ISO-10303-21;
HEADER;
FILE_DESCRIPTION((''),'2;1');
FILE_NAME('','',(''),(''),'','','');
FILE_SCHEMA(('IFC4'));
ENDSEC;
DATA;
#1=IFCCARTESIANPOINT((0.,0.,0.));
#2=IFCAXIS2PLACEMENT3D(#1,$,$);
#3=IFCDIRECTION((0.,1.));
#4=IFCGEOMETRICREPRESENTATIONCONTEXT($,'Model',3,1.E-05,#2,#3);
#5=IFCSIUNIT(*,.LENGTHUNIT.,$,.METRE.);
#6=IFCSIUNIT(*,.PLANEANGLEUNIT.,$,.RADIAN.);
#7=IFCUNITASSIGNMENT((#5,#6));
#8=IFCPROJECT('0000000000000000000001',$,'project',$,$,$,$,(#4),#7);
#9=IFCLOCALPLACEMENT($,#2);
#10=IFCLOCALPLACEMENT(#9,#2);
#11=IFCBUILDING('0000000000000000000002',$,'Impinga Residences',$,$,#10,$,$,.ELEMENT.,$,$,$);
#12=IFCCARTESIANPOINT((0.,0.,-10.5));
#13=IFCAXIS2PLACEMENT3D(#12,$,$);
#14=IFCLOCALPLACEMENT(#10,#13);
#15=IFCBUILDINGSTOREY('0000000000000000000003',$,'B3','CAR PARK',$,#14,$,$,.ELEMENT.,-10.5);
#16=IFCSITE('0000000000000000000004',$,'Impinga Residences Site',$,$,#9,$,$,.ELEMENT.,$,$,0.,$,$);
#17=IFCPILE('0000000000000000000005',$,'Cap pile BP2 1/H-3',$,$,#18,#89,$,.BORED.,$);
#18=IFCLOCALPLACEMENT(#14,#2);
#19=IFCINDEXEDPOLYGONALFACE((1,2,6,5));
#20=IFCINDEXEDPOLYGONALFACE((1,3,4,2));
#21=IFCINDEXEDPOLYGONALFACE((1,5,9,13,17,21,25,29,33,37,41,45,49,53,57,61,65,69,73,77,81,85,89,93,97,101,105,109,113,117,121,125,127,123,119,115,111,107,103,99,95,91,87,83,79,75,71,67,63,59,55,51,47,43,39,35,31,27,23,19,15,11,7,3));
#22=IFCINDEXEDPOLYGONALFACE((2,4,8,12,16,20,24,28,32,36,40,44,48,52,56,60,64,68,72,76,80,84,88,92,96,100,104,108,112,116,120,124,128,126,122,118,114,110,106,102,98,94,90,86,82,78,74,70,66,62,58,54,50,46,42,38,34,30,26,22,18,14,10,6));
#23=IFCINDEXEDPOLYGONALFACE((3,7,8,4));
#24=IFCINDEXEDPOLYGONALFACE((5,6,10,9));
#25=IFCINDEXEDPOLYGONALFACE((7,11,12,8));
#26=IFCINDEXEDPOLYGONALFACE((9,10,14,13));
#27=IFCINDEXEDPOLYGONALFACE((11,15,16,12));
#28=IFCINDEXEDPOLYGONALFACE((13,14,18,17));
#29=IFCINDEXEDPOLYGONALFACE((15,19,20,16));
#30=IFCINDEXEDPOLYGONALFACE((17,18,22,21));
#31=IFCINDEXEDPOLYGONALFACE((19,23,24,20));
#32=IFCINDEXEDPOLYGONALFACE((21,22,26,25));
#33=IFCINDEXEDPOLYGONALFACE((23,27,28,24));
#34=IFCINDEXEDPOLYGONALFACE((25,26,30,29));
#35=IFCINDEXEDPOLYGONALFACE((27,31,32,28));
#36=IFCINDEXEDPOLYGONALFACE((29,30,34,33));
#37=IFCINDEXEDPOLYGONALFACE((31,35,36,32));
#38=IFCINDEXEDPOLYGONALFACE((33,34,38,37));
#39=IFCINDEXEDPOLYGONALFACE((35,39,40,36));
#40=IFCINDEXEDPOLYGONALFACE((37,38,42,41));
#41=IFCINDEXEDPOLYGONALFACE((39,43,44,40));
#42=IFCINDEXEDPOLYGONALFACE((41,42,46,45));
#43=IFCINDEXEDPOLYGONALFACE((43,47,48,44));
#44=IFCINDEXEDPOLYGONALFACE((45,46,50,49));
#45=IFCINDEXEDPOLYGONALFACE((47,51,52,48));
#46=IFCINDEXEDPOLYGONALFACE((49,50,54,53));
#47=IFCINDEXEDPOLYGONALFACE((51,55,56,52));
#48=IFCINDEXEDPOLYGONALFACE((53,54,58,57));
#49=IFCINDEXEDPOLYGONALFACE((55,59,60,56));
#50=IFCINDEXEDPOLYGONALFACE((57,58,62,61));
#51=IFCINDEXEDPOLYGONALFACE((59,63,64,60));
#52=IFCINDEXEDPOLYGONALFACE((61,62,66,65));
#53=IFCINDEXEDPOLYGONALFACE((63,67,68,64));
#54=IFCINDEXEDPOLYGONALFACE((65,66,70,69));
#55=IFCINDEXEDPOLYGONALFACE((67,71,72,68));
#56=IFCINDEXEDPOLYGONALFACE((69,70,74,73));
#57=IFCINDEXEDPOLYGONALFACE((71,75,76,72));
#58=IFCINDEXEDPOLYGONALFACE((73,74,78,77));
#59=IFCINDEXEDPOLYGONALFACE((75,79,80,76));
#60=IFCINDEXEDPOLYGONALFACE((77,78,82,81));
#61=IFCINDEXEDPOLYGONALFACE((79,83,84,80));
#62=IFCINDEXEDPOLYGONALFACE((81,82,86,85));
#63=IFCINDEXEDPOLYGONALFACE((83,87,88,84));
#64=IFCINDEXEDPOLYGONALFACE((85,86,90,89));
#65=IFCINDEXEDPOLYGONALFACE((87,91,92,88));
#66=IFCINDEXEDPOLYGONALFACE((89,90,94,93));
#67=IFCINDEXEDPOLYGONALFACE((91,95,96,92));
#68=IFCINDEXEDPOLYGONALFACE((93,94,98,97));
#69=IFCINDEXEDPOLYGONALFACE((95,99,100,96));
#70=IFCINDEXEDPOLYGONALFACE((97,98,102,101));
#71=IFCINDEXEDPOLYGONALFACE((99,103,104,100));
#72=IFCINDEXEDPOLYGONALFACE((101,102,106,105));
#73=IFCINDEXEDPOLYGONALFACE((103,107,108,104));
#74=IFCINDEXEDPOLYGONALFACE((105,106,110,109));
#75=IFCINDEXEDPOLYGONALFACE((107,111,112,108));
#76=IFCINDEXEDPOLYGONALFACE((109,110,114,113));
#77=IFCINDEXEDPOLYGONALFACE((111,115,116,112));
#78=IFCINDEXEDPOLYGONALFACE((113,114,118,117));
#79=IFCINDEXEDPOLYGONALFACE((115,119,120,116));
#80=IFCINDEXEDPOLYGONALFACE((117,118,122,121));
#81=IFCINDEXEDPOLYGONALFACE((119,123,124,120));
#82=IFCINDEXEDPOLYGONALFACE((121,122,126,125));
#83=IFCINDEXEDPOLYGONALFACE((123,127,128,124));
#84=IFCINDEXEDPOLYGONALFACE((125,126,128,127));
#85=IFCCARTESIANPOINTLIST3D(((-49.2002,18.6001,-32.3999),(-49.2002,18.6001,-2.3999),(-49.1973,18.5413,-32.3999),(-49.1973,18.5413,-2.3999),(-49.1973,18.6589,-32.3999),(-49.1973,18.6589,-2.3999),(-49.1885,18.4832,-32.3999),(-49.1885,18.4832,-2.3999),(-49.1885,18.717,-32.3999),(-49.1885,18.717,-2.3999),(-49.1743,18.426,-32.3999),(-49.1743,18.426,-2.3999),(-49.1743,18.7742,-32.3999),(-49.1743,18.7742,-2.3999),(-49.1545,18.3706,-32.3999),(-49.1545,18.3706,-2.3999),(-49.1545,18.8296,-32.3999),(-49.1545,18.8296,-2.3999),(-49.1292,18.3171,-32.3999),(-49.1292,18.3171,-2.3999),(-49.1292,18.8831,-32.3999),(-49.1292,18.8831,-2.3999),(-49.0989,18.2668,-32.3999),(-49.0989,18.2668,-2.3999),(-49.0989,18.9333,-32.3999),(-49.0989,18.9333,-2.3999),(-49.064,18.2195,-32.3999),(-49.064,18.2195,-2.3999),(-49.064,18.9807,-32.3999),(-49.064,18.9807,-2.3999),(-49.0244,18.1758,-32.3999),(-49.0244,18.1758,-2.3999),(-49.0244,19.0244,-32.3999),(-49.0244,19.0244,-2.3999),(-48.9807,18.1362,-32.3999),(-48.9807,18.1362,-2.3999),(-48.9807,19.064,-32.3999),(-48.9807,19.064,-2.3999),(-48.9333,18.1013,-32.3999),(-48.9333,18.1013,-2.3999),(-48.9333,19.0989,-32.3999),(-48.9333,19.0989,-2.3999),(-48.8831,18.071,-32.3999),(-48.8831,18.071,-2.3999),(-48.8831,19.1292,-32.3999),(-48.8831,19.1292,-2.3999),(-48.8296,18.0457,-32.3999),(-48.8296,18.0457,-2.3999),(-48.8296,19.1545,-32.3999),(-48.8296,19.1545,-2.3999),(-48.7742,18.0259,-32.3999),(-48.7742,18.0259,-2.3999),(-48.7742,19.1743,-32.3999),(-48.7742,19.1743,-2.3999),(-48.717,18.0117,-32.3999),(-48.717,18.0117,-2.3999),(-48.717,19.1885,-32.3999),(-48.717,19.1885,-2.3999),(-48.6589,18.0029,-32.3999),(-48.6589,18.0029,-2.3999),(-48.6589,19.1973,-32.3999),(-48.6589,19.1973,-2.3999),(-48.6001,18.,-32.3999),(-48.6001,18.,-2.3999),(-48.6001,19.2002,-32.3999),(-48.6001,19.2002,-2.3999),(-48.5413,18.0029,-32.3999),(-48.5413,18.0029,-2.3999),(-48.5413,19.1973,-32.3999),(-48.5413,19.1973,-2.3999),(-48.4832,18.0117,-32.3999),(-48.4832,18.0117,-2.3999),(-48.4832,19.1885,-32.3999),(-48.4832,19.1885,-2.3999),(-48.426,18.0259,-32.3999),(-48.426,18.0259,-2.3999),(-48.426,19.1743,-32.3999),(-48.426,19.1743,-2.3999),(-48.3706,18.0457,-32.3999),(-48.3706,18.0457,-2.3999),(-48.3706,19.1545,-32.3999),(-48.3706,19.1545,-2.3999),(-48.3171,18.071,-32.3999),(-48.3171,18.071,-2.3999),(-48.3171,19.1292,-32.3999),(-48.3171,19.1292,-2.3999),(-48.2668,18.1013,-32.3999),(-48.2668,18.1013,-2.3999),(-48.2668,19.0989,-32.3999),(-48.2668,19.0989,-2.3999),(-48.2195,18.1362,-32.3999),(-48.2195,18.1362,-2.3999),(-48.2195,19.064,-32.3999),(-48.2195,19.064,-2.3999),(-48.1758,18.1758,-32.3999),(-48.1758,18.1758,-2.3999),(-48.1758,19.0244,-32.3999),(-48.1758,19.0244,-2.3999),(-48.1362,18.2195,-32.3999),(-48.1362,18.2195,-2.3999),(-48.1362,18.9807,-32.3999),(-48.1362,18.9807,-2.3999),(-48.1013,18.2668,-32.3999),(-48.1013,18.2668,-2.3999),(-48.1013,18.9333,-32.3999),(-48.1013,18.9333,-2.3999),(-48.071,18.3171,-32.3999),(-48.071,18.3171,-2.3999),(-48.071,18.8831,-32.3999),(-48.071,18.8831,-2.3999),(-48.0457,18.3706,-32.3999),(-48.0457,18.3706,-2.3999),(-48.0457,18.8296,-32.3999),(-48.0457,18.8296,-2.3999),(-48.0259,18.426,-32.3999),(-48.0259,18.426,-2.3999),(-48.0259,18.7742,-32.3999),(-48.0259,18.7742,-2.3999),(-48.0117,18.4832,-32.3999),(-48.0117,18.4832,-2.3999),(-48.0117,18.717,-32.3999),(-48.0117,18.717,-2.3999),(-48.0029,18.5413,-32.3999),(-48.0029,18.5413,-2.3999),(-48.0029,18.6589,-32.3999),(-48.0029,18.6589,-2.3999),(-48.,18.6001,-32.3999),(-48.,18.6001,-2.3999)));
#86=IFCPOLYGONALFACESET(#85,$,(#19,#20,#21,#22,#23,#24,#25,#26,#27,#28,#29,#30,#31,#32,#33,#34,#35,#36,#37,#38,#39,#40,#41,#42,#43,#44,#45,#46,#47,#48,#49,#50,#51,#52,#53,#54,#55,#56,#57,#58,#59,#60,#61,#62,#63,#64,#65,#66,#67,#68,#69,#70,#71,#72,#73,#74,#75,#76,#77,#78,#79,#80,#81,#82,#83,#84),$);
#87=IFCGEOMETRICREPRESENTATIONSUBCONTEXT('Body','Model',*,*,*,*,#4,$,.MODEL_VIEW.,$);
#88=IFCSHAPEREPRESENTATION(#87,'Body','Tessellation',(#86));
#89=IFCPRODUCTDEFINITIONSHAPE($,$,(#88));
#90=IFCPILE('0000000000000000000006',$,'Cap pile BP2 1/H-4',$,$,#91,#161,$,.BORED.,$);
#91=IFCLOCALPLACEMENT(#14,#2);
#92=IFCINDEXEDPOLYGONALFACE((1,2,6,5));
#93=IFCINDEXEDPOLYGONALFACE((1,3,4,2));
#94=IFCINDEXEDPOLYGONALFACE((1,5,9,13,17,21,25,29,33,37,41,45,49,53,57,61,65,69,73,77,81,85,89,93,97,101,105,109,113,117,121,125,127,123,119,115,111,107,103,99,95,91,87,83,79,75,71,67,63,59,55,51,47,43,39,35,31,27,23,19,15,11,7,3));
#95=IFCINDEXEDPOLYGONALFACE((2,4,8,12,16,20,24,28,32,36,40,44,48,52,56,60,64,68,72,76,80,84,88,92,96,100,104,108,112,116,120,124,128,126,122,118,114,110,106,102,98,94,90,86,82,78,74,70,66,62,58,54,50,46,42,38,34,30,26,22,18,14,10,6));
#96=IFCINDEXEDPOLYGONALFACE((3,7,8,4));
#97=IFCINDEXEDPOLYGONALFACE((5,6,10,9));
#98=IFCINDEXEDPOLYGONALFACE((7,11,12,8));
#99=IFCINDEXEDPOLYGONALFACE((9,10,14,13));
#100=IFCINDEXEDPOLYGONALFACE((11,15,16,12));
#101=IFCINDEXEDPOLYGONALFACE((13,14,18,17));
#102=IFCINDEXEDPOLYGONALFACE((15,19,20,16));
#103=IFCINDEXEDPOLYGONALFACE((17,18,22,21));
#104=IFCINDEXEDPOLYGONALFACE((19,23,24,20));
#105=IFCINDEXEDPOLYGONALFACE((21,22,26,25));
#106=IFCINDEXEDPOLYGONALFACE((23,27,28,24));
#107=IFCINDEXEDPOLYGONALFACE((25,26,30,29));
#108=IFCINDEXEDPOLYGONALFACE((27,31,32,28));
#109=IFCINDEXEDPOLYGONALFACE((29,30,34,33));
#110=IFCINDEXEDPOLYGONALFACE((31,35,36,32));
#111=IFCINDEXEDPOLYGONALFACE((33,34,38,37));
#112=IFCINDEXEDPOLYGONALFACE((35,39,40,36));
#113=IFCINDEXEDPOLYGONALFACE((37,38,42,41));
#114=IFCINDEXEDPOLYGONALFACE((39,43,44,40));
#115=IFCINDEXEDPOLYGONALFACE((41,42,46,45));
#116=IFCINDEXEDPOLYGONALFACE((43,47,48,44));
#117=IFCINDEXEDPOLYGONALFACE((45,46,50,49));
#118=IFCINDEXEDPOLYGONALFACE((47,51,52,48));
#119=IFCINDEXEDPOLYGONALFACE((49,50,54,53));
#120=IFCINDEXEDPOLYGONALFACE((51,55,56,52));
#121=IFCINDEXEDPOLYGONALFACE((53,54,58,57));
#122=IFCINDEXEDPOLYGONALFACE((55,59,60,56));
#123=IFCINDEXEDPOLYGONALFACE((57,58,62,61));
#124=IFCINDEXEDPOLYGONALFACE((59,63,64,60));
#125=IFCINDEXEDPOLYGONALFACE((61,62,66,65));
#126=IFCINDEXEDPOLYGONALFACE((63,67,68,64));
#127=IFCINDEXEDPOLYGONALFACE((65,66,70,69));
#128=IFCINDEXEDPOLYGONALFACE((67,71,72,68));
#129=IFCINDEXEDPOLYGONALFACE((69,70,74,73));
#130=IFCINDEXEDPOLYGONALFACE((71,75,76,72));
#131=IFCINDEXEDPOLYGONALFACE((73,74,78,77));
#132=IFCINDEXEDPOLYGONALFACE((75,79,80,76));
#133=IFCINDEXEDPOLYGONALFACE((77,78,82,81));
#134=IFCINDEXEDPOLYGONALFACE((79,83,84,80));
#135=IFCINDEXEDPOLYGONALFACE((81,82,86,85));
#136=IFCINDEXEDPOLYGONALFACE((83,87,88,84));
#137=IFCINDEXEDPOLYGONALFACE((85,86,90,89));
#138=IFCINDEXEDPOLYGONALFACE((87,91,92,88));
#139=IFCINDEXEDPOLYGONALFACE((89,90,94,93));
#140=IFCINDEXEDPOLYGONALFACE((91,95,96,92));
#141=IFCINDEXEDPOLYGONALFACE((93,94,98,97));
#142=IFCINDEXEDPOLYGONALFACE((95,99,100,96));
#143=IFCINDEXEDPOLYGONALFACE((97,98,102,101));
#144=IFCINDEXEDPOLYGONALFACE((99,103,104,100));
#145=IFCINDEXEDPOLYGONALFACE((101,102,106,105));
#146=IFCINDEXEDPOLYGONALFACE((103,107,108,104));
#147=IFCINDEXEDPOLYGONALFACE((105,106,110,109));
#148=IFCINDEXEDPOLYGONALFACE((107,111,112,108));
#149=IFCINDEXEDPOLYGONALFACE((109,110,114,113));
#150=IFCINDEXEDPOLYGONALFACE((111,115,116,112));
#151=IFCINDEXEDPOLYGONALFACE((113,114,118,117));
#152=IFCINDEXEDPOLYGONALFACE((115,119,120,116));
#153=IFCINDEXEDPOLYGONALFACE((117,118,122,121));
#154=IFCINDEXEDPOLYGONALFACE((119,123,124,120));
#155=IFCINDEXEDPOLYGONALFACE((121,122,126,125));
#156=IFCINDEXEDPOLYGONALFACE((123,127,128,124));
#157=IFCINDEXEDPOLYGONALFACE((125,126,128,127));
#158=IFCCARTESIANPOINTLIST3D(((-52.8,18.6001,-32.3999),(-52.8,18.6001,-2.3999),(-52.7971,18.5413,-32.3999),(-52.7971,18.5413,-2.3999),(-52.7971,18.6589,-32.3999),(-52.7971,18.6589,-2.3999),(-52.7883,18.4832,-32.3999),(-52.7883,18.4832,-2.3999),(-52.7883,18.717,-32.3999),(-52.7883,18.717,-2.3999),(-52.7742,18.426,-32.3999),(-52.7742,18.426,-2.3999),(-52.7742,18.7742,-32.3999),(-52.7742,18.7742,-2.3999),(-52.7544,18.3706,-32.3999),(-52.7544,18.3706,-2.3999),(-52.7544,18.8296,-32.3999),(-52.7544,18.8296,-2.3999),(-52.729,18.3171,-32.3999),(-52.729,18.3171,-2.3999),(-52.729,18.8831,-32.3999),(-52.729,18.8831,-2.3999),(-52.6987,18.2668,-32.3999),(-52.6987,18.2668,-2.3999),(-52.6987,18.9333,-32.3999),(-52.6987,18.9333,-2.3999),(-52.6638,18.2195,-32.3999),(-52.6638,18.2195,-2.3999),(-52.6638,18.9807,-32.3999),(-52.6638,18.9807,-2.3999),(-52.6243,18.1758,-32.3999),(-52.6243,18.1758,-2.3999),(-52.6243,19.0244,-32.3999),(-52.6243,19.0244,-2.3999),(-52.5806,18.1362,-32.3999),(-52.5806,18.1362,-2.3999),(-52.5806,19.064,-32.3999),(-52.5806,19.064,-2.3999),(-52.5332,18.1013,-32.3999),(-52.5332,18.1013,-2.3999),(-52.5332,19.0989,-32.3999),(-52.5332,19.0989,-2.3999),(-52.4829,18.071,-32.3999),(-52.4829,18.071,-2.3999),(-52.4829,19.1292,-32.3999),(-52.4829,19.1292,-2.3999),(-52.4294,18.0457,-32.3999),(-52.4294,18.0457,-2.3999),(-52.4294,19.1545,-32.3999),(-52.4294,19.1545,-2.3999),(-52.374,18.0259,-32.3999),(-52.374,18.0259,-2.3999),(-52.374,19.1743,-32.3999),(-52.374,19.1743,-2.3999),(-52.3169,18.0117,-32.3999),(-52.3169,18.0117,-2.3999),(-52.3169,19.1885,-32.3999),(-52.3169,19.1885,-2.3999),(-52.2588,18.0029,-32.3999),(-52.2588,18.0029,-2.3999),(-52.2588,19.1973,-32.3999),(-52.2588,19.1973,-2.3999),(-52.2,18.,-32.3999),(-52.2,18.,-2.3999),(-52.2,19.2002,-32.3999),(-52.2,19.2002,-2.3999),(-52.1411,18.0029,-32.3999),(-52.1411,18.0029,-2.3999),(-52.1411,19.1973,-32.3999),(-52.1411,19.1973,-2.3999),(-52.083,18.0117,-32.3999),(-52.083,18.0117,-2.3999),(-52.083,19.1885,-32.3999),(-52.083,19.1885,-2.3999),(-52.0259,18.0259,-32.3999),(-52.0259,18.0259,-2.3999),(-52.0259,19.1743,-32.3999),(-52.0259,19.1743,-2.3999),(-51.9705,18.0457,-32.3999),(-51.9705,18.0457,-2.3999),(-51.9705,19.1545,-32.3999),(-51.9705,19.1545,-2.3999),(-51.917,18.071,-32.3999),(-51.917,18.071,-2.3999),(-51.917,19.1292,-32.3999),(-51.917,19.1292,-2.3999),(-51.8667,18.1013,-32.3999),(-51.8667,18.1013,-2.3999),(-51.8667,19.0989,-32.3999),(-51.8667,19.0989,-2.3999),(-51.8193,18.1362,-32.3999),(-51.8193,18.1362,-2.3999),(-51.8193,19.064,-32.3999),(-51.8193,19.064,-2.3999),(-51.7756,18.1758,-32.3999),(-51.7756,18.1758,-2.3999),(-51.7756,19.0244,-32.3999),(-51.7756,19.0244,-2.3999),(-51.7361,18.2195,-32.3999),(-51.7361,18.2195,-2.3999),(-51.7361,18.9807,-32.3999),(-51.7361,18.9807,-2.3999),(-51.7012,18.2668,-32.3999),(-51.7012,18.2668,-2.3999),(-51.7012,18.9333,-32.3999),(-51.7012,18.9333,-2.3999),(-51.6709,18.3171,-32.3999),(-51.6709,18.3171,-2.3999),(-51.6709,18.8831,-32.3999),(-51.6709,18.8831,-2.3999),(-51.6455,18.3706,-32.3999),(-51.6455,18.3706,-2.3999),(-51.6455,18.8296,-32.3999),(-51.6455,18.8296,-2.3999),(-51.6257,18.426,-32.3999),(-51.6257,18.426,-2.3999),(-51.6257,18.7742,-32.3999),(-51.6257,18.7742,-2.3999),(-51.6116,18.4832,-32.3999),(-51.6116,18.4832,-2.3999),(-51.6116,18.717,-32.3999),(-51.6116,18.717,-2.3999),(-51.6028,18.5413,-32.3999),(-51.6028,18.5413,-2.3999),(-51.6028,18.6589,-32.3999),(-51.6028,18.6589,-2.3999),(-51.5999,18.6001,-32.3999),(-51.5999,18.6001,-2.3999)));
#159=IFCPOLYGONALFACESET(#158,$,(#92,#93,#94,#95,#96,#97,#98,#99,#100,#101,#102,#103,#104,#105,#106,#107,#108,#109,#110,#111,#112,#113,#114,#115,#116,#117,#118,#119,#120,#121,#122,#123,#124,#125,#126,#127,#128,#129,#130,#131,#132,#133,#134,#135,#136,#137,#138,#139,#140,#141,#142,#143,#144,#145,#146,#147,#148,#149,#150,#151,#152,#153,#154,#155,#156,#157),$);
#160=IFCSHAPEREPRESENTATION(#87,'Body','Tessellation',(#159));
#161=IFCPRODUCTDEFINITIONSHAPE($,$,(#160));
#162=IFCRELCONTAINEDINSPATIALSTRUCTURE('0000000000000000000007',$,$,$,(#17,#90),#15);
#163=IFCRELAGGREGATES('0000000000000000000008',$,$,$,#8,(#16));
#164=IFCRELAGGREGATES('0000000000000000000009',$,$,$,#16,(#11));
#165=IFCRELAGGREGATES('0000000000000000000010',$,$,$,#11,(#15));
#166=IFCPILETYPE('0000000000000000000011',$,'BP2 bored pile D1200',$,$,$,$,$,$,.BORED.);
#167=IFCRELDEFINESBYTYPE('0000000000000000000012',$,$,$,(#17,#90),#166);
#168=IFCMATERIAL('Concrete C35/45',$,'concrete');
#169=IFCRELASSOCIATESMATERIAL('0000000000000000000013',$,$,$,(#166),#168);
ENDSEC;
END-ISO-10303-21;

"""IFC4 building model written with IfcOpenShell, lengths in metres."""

from ifc_helpers import new_model, si_unit, direction, frame, origin, origin_2d, place, context, subcontext, project, spatial, polyline, circle, outline, extrude, material, material_profile, profile_set, type_object, element, save


model = new_model("IFC4")

# Units and contexts
model_context = context("Model", 3, precision=1e-05, world=origin(), true_north=direction((0.0, 1.0)))
body_context = subcontext(model_context, "Body", "Model", "MODEL_VIEW")
ifc_project = project(units=[si_unit("LENGTHUNIT", "METRE"), si_unit("PLANEANGLEUNIT", "RADIAN")], contexts=[model_context])

# Site, building, storey
site_placement = place(None, origin())
site = spatial("IfcSite", under=ifc_project, at=site_placement, Name="Impinga Residences Site", CompositionType="ELEMENT", RefElevation=0.0)
building_placement = place(site_placement, origin())
building = spatial("IfcBuilding", under=site, at=building_placement, Name="Impinga Residences", CompositionType="ELEMENT")
storey_placement = place(building_placement, frame((0.0, 0.0, -10.5)))
storey = spatial("IfcBuildingStorey", under=building, at=storey_placement, Name="B3", Description="CAR PARK", CompositionType="ELEMENT", Elevation=-10.5)

# Piles
ifc_material_1 = material(Name="Concrete C35/45", Category="concrete")
ifc_material_profile_1 = material_profile(ifc_material_1, circle(Radius=0.6001, at=origin_2d()), Name="D1200")
ifc_profile_set_1 = profile_set([ifc_material_profile_1], Name="Concrete C35/45")
pile_type = type_object("IfcPileType", Name="BP2 bored pile D1200", PredefinedType="BORED", material=ifc_profile_set_1)
pile_1_placement = place(storey_placement, frame((-48.6001, 18.6001, -2.3999), z_axis=(0.0, 0.0, -1.0), x_axis=(1.0, 0.0, 0.0)))
element("IfcPile", 1, at=pile_1_placement, inside=storey, type_object=pile_type, Name="Cap pile BP2 1/H-3", PredefinedType="BORED", context=body_context, shape_type="SweptSolid", body=[
    extrude(outline(polyline([(0.6001, 0.0), (0.5972, 0.0588), (0.5884, 0.1169), (0.5742, 0.1741), (0.5544, 0.2295), (0.5291, 0.283), (0.4988, 0.3333), (0.4639, 0.3806), (0.4243, 0.4243), (0.3806, 0.4639), (0.3333, 0.4988), (0.283, 0.5291), (0.2295, 0.5544), (0.1741, 0.5742), (0.1169, 0.5884), (0.0588, 0.5972), (0.0, 0.6001), (-0.0588, 0.5972), (-0.1169, 0.5884), (-0.1741, 0.5742), (-0.2295, 0.5544), (-0.283, 0.5291), (-0.3333, 0.4988), (-0.3806, 0.4639), (-0.4243, 0.4243), (-0.4639, 0.3806), (-0.4988, 0.3333), (-0.5291, 0.283), (-0.5544, 0.2295), (-0.5742, 0.1741), (-0.5884, 0.1169), (-0.5972, 0.0588), (-0.6001, 0.0), (-0.5972, -0.0588), (-0.5884, -0.1169), (-0.5742, -0.1741), (-0.5544, -0.2295), (-0.5291, -0.283), (-0.4988, -0.3333), (-0.4639, -0.3806), (-0.4243, -0.4243), (-0.3806, -0.4639), (-0.3333, -0.4988), (-0.283, -0.5291), (-0.2295, -0.5544), (-0.1741, -0.5742), (-0.1169, -0.5884), (-0.0588, -0.5972), (0.0, -0.6001), (0.0588, -0.5972), (0.1169, -0.5884), (0.1741, -0.5742), (0.2295, -0.5544), (0.283, -0.5291), (0.3333, -0.4988), (0.3806, -0.4639), (0.4243, -0.4243), (0.4639, -0.3806), (0.4988, -0.3333), (0.5291, -0.283), (0.5544, -0.2295), (0.5742, -0.1741), (0.5884, -0.1169), (0.5972, -0.0588), (0.6001, 0.0)])), origin(), (0.0, 0.0, 1.0), 30.0),
])
pile_2_placement = place(storey_placement, frame((-52.2, 18.6001, -2.3999), z_axis=(0.0, 0.0, -1.0), x_axis=(1.0, 0.0, 0.0)))
element("IfcPile", 2, at=pile_2_placement, inside=storey, type_object=pile_type, Name="Cap pile BP2 1/H-4", PredefinedType="BORED", context=body_context, shape_type="SweptSolid", body=[
    extrude(outline(polyline([(0.6001, 0.0), (0.5972, 0.0588), (0.5884, 0.1169), (0.5742, 0.1741), (0.5544, 0.2295), (0.5291, 0.283), (0.4988, 0.3333), (0.4639, 0.3806), (0.4243, 0.4243), (0.3806, 0.4639), (0.3333, 0.4988), (0.283, 0.5291), (0.2295, 0.5544), (0.1741, 0.5742), (0.1169, 0.5884), (0.0588, 0.5972), (0.0, 0.6001), (-0.0588, 0.5972), (-0.1169, 0.5884), (-0.1741, 0.5742), (-0.2295, 0.5544), (-0.283, 0.5291), (-0.3333, 0.4988), (-0.3806, 0.4639), (-0.4243, 0.4243), (-0.4639, 0.3806), (-0.4988, 0.3333), (-0.5291, 0.283), (-0.5544, 0.2295), (-0.5742, 0.1741), (-0.5884, 0.1169), (-0.5972, 0.0588), (-0.6001, 0.0), (-0.5972, -0.0588), (-0.5884, -0.1169), (-0.5742, -0.1741), (-0.5544, -0.2295), (-0.5291, -0.283), (-0.4988, -0.3333), (-0.4639, -0.3806), (-0.4243, -0.4243), (-0.3806, -0.4639), (-0.3333, -0.4988), (-0.283, -0.5291), (-0.2295, -0.5544), (-0.1741, -0.5742), (-0.1169, -0.5884), (-0.0588, -0.5972), (0.0, -0.6001), (0.0588, -0.5972), (0.1169, -0.5884), (0.1741, -0.5742), (0.2295, -0.5544), (0.283, -0.5291), (0.3333, -0.4988), (0.3806, -0.4639), (0.4243, -0.4243), (0.4639, -0.3806), (0.4988, -0.3333), (0.5291, -0.283), (0.5544, -0.2295), (0.5742, -0.1741), (0.5884, -0.1169), (0.5972, -0.0588), (0.6001, 0.0)])), origin(), (0.0, 0.0, 1.0), 30.0),
])

save(model, "model.ifc")
